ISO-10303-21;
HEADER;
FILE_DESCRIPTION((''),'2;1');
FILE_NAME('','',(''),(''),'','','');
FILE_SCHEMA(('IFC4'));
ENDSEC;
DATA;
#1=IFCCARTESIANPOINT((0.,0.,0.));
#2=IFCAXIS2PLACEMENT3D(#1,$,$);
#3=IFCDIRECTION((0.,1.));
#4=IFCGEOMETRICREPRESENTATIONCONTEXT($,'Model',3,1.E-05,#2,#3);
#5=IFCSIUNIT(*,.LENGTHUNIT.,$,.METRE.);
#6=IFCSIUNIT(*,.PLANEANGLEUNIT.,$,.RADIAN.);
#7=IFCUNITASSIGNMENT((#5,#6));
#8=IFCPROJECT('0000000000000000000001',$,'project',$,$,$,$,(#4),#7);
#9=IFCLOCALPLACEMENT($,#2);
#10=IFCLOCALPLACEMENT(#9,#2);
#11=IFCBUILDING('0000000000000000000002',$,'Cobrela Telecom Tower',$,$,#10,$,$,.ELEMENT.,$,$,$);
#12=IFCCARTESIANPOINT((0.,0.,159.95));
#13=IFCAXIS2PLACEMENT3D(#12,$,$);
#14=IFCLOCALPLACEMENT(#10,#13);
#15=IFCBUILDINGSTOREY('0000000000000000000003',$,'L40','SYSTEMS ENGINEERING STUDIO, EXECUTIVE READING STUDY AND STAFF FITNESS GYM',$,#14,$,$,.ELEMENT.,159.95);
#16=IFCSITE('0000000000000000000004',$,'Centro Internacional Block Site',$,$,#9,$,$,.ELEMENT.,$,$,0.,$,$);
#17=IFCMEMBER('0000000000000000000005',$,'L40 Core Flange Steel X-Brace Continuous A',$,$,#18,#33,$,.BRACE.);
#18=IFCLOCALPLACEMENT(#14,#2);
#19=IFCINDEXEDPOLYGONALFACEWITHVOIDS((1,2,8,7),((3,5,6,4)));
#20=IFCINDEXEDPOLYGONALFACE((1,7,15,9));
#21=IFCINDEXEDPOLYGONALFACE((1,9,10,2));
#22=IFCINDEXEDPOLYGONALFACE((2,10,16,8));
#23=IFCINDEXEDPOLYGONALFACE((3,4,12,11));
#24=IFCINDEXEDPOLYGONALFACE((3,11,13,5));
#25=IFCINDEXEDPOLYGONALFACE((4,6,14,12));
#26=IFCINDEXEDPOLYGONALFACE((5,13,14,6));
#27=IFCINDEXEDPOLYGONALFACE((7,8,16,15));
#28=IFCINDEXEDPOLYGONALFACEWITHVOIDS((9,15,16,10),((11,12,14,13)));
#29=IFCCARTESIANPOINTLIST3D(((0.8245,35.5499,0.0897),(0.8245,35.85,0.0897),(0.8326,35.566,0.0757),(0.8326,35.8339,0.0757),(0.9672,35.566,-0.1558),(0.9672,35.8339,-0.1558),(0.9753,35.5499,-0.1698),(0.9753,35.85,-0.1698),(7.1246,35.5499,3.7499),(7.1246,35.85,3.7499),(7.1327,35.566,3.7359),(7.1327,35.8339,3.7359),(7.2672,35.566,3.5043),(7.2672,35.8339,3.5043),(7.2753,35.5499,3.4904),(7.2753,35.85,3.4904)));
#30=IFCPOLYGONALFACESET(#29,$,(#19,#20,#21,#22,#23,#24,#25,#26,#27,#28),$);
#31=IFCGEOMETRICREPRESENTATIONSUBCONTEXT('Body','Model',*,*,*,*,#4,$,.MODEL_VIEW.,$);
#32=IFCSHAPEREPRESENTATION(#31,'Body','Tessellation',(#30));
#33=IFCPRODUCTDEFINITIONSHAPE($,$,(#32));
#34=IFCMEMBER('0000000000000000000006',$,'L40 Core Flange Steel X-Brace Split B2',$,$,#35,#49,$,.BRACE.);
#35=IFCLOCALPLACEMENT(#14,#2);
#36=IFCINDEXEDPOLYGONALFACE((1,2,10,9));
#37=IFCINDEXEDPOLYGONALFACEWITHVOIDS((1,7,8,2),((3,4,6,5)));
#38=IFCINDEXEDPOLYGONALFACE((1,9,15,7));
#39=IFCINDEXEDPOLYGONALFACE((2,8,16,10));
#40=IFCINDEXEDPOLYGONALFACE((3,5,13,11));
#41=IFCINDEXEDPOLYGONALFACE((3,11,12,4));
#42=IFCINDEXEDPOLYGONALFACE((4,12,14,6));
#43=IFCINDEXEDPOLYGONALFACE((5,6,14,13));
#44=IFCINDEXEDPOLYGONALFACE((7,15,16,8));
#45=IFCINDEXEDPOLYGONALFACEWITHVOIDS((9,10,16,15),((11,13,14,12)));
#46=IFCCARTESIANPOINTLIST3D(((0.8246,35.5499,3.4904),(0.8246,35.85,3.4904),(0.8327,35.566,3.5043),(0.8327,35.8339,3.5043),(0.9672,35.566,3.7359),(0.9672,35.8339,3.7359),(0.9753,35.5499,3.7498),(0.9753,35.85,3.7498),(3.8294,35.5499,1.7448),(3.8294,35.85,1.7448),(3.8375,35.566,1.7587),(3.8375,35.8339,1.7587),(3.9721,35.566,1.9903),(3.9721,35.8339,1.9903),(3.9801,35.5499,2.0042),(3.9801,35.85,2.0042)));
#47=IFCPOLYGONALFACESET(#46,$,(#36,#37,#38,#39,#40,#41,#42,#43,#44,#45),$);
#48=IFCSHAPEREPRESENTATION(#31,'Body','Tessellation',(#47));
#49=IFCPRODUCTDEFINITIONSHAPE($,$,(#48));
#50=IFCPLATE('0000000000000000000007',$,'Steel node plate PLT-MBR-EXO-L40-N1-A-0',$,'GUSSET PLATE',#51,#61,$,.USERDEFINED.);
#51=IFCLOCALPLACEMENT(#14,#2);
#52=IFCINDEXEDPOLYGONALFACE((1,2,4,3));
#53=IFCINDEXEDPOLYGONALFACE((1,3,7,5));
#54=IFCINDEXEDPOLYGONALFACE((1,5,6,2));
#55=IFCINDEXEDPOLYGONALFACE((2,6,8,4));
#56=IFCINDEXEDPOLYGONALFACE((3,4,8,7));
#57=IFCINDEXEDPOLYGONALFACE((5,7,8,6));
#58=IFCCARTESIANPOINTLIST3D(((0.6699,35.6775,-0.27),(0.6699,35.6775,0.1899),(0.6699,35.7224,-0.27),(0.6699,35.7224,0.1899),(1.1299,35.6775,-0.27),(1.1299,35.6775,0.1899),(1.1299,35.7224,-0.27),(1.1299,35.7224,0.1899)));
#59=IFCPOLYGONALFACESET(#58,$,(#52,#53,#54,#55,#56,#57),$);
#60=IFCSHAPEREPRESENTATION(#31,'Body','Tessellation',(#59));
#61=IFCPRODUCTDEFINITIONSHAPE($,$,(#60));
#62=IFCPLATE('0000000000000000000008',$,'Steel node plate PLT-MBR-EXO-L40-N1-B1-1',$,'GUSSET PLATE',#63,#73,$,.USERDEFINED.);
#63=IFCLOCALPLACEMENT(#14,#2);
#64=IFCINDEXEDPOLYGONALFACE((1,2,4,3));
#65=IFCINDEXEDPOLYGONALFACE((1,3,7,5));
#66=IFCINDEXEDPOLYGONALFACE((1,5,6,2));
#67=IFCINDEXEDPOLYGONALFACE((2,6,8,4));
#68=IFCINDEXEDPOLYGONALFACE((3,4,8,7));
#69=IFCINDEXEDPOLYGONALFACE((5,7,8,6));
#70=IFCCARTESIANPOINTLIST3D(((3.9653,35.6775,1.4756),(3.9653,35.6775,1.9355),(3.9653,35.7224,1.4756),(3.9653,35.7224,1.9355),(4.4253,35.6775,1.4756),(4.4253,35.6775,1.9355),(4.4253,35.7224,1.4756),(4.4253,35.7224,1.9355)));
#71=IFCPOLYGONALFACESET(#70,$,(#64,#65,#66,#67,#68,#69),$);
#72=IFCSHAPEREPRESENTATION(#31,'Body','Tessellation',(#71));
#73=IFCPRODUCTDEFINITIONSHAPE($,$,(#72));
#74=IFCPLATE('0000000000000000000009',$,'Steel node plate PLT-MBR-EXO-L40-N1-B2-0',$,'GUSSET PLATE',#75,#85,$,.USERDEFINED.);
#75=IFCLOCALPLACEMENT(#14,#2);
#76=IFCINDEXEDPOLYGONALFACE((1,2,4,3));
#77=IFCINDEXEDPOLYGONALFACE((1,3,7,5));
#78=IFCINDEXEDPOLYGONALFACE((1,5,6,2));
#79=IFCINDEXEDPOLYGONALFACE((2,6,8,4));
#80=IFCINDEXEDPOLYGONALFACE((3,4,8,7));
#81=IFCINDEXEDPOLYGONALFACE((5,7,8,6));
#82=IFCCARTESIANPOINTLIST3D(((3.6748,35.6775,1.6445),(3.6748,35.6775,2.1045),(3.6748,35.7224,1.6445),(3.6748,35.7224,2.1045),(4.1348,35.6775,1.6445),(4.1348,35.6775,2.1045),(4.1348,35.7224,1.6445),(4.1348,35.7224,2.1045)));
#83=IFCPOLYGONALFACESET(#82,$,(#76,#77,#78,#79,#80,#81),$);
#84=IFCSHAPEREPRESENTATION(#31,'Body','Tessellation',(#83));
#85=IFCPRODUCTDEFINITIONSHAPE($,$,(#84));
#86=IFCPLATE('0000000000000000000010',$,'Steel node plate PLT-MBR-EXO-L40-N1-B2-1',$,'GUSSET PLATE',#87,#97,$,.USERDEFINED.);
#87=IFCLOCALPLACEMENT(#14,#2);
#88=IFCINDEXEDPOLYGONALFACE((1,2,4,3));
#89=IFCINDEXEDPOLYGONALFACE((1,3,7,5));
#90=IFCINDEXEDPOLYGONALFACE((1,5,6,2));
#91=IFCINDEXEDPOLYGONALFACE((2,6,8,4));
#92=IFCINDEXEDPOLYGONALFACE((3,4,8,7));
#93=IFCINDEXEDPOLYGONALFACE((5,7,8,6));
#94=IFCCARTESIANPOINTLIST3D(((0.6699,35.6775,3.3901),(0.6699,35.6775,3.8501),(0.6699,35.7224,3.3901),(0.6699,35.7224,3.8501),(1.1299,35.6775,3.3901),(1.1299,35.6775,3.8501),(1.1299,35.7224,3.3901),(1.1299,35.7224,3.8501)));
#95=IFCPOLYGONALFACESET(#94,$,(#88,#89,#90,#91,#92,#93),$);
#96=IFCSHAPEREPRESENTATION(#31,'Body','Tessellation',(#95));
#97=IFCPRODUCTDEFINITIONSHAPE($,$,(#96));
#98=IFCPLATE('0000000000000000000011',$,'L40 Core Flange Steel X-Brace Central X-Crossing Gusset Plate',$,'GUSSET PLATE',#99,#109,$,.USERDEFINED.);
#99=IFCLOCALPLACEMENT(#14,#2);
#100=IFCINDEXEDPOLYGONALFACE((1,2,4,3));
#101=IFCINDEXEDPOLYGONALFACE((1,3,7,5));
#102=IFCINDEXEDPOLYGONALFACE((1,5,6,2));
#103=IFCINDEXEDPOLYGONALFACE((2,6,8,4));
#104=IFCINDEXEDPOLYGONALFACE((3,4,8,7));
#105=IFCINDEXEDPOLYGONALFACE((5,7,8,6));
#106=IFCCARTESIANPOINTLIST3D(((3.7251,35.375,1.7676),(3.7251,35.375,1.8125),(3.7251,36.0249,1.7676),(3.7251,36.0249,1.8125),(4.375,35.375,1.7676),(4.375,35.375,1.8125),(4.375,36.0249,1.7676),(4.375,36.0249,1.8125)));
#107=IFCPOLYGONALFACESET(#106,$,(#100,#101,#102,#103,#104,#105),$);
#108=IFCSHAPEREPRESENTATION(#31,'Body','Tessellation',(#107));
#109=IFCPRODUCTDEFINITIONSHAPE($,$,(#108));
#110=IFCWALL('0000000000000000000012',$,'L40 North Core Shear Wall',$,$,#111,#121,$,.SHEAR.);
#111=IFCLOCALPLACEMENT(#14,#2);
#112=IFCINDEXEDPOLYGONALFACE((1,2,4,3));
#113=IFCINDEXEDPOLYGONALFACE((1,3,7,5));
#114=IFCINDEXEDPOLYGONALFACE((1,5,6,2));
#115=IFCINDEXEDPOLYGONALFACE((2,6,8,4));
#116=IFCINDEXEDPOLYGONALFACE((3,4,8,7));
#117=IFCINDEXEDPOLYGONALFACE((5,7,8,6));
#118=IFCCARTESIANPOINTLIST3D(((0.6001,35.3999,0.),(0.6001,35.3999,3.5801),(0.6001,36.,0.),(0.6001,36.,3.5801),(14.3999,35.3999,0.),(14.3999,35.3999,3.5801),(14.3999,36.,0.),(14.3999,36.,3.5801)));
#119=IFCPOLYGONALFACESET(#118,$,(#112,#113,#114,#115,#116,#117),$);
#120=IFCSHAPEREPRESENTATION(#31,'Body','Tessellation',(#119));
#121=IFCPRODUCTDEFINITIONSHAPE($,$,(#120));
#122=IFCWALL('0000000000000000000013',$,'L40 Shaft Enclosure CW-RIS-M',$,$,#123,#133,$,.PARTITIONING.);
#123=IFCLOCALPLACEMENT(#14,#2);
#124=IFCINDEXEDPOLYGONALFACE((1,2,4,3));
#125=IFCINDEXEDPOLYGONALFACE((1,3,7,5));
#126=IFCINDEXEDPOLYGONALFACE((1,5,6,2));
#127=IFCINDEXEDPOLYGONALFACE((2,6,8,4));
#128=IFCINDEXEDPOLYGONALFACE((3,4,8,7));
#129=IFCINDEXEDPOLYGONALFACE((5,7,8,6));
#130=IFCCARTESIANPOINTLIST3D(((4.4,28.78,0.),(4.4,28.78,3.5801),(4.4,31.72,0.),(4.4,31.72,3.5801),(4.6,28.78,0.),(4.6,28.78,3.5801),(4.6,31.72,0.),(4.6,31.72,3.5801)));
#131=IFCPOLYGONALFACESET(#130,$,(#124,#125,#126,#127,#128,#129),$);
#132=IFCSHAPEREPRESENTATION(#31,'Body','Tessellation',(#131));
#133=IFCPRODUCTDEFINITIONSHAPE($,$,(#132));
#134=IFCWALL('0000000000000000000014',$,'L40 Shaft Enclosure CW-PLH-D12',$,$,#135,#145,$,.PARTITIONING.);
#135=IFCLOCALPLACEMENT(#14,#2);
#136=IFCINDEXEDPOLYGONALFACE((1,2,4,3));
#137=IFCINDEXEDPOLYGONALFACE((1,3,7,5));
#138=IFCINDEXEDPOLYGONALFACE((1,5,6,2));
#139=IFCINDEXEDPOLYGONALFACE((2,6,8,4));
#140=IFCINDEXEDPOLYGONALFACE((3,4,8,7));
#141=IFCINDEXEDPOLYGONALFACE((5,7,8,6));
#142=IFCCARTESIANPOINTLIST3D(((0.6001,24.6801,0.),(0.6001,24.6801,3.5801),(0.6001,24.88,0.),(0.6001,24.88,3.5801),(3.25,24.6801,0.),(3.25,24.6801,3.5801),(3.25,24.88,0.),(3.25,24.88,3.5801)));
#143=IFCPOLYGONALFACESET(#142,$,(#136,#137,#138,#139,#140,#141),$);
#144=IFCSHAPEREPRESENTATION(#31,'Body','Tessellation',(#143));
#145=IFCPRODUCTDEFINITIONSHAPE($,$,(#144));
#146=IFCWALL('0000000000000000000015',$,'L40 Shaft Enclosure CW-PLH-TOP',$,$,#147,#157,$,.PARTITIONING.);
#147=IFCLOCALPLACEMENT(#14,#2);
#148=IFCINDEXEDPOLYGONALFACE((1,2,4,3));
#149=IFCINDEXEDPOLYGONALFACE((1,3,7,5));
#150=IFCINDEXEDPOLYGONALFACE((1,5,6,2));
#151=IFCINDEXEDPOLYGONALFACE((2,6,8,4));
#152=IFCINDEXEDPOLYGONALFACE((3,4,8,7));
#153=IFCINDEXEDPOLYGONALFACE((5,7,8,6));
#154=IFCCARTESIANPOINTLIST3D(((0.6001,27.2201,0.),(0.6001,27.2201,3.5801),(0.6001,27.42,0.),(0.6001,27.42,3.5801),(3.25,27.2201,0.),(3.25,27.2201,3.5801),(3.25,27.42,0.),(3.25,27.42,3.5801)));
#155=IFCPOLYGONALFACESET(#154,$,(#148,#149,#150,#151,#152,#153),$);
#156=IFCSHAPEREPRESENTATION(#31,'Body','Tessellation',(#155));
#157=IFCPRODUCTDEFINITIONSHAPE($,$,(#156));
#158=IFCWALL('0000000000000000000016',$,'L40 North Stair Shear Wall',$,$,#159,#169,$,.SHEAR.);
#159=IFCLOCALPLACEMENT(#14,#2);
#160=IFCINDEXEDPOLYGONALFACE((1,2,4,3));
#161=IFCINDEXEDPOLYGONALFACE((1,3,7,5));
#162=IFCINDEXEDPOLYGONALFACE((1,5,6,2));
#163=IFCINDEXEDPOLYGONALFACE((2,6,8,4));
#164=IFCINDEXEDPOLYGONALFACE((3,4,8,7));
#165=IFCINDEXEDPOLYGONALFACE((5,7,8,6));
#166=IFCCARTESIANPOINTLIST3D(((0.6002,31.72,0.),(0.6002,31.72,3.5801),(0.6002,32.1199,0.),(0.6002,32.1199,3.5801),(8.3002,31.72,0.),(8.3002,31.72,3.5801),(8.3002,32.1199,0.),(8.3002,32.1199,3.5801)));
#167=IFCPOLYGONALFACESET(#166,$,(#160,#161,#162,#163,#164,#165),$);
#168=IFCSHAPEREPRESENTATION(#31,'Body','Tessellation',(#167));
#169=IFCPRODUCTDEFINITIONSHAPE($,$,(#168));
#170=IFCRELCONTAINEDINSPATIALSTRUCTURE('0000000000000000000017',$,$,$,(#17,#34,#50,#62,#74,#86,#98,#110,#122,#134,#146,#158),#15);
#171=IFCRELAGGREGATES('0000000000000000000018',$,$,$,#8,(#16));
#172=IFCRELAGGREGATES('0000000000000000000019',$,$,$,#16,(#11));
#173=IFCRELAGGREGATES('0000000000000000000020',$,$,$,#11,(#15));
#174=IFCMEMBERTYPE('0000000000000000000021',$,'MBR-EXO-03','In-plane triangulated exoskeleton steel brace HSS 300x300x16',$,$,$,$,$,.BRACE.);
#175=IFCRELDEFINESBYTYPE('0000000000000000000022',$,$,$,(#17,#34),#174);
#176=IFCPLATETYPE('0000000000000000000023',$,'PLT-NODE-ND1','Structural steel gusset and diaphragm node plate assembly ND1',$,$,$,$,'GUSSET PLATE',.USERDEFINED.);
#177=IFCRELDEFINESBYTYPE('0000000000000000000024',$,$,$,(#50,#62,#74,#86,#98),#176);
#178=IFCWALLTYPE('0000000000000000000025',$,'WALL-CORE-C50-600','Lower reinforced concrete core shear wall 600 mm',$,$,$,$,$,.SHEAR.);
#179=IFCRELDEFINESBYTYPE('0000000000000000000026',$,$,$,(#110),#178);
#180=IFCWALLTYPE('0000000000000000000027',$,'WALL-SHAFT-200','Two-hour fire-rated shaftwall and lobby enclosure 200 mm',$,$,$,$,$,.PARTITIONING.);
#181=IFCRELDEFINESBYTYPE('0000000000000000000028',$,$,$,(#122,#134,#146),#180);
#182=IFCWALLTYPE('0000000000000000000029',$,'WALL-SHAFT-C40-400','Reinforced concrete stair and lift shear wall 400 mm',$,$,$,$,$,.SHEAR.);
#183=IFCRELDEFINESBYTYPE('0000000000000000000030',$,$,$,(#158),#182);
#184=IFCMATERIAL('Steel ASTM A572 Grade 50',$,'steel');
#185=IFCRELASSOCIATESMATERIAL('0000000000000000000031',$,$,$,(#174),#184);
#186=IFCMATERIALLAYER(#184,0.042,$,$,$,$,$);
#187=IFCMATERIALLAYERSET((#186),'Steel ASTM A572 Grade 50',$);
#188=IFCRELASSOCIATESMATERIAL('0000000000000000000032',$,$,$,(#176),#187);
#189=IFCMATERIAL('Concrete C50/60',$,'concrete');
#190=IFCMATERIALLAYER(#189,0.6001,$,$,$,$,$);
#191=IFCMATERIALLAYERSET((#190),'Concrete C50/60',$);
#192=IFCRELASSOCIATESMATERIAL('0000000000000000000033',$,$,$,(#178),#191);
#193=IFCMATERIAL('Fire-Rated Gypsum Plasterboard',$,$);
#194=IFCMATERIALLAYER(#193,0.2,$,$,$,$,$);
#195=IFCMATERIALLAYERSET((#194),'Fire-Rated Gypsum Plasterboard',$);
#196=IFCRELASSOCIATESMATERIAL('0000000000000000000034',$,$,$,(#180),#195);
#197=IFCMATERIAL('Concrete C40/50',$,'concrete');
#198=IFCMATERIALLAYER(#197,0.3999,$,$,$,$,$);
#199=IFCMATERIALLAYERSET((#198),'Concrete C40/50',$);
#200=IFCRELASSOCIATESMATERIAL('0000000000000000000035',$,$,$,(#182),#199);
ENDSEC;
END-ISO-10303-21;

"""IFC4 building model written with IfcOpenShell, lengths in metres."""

from ifc_helpers import new_model, si_unit, direction, frame, frame_2d, origin, origin_2d, place, context, subcontext, project, spatial, rectangle, hollow_rectangle, extrude, material, layer, layer_set, material_profile, profile_set, type_object, element, save


model = new_model("IFC4")

# Units and contexts
model_context = context("Model", 3, precision=1e-05, world=origin(), true_north=direction((0.0, 1.0)))
body_context = subcontext(model_context, "Body", "Model", "MODEL_VIEW")
ifc_project = project(units=[si_unit("LENGTHUNIT", "METRE"), si_unit("PLANEANGLEUNIT", "RADIAN")], contexts=[model_context])

# Site, building, storey
site_placement = place(None, origin())
site = spatial("IfcSite", under=ifc_project, at=site_placement, Name="Centro Internacional Block Site", CompositionType="ELEMENT", RefElevation=0.0)
building_placement = place(site_placement, origin())
building = spatial("IfcBuilding", under=site, at=building_placement, Name="Cobrela Telecom Tower", CompositionType="ELEMENT")
storey_placement = place(building_placement, frame((0.0, 0.0, 159.95)))
storey = spatial("IfcBuildingStorey", under=building, at=storey_placement, Name="L40", Description="SYSTEMS ENGINEERING STUDIO, EXECUTIVE READING STUDY AND STAFF FITNESS GYM", CompositionType="ELEMENT", Elevation=159.95)

# Members
ifc_material_1 = material(Name="Steel ASTM A572 Grade 50", Category="steel")
ifc_material_profile = material_profile(ifc_material_1, hollow_rectangle(XDim=0.3, YDim=0.3, WallThickness=0.0161, at=origin_2d()), Name="HSS 300x300x16")
ifc_profile_set = profile_set([ifc_material_profile], Name="Steel ASTM A572 Grade 50")
member_type = type_object("IfcMemberType", Name="MBR-EXO-03", Description="In-plane triangulated exoskeleton steel brace HSS 300x300x16", PredefinedType="BRACE", material=ifc_profile_set)
member_1_placement = place(storey_placement, frame((0.8999, 35.7, -0.04), z_axis=(0.864666, 0.0, 0.502347), x_axis=(0.0, 1.0, 0.0)))
element("IfcMember", 1, at=member_1_placement, inside=storey, type_object=member_type, Name="L40 Core Flange Steel X-Brace Continuous A", PredefinedType="BRACE", context=body_context, shape_type="SweptSolid", body=[
    extrude(hollow_rectangle(XDim=0.3, YDim=0.3, WallThickness=0.0161, at=origin_2d()), origin(), (0.0, 0.0, 1.0), 7.2861),
])
member_2_placement = place(storey_placement, frame((3.9048, 35.7, 1.8745), z_axis=(-0.864685, 0.0, 0.502315), x_axis=(0.0, -1.0, 0.0)))
element("IfcMember", 2, at=member_2_placement, inside=storey, type_object=member_type, Name="L40 Core Flange Steel X-Brace Split B2", PredefinedType="BRACE", context=body_context, shape_type="SweptSolid", body=[
    extrude(hollow_rectangle(XDim=0.3, YDim=0.3, WallThickness=0.0161, at=origin_2d()), origin(), (0.0, 0.0, 1.0), 3.4751),
])

# Plates
ifc_layer_1 = layer(ifc_material_1, 0.042)
ifc_layer_set_1 = layer_set([ifc_layer_1], Name="Steel ASTM A572 Grade 50")
plate_type = type_object("IfcPlateType", Name="PLT-NODE-ND1", Description="Structural steel gusset and diaphragm node plate assembly ND1", ElementType="GUSSET PLATE", PredefinedType="USERDEFINED", material=ifc_layer_set_1)
for number, where, z_axis, x_axis, name in (
    (3, (0.8999, 35.7, -0.27), (0.0, 0.0, 1.0), (1.0, 0.0, 0.0), "Steel node plate PLT-MBR-EXO-L40-N1-A-0"),
    (4, (4.1953, 35.7, 1.4756), (0.0, 0.0, 1.0), (-1.0, 0.0, 0.0), "Steel node plate PLT-MBR-EXO-L40-N1-B1-1"),
    (5, (3.9048, 35.7, 1.6445), (0.0, 0.0, 1.0), (-1.0, 0.0, 0.0), "Steel node plate PLT-MBR-EXO-L40-N1-B2-0"),
    (6, (0.8999, 35.7, 3.3901), (0.0, 0.0, 1.0), (-1.0, 0.0, 0.0), "Steel node plate PLT-MBR-EXO-L40-N1-B2-1"),
):
    element("IfcPlate", number, at=place(storey_placement, frame(where, z_axis=z_axis, x_axis=x_axis)), inside=storey, type_object=plate_type, Name=name, ObjectType="GUSSET PLATE", PredefinedType="USERDEFINED", context=body_context, shape_type="SweptSolid", body=[
        extrude(rectangle(XDim=0.46, YDim=0.0449, at=origin_2d()), origin(), (0.0, 0.0, 1.0), 0.46),
    ])
plate_placement = place(storey_placement, frame((4.05, 35.7, 1.7676), z_axis=(0.0, 0.0, 1.0), x_axis=(1.0, 0.0, 0.0)))
element("IfcPlate", 7, at=plate_placement, inside=storey, type_object=plate_type, Name="L40 Core Flange Steel X-Brace Central X-Crossing Gusset Plate", ObjectType="GUSSET PLATE", PredefinedType="USERDEFINED", context=body_context, shape_type="SweptSolid", body=[
    extrude(rectangle(XDim=0.6499, YDim=0.6499, at=origin_2d()), origin(), (0.0, 0.0, 1.0), 0.0449),
])

# Wall
ifc_material_2 = material(Name="Concrete C50/60", Category="concrete")
ifc_layer_2 = layer(ifc_material_2, 0.6001)
ifc_layer_set_2 = layer_set([ifc_layer_2], Name="Concrete C50/60")
wall_type_1 = type_object("IfcWallType", Name="WALL-CORE-C50-600", Description="Lower reinforced concrete core shear wall 600 mm", PredefinedType="SHEAR", material=ifc_layer_set_2)
wall_1_placement = place(storey_placement, frame((0.6001, 35.7, 0.0), z_axis=(0.0, 0.0, 1.0), x_axis=(1.0, 0.0, 0.0)))
element("IfcWall", 8, at=wall_1_placement, inside=storey, type_object=wall_type_1, Name="L40 North Core Shear Wall", PredefinedType="SHEAR", context=body_context, shape_type="SweptSolid", body=[
    extrude(rectangle(XDim=13.7998, YDim=0.6001, at=frame_2d((6.8999, 0.0))), origin(), (0.0, 0.0, 1.0), 3.5801),
])

# Shared definitions
ifc_material_3 = material(Name="Fire-Rated Gypsum Plasterboard")
ifc_layer_3 = layer(ifc_material_3, 0.2)
ifc_layer_set_3 = layer_set([ifc_layer_3], Name="Fire-Rated Gypsum Plasterboard")
wall_type_2 = type_object("IfcWallType", Name="WALL-SHAFT-200", Description="Two-hour fire-rated shaftwall and lobby enclosure 200 mm", PredefinedType="PARTITIONING", material=ifc_layer_set_3)

# Walls
wall_2_placement = place(storey_placement, frame((4.5, 28.78, 0.0), z_axis=(0.0, 0.0, 1.0), x_axis=(0.0, 1.0, 0.0)))
element("IfcWall", 9, at=wall_2_placement, inside=storey, type_object=wall_type_2, Name="L40 Shaft Enclosure CW-RIS-M", PredefinedType="PARTITIONING", context=body_context, shape_type="SweptSolid", body=[
    extrude(rectangle(XDim=2.9399, YDim=0.2, at=frame_2d((1.47, 0.0))), origin(), (0.0, 0.0, 1.0), 3.5801),
])
for number, where, z_axis, x_axis, name in (
    (10, (0.6001, 24.78, 0.0), (0.0, 0.0, 1.0), (1.0, 0.0, 0.0), "L40 Shaft Enclosure CW-PLH-D12"),
    (11, (0.6001, 27.3201, 0.0), (0.0, 0.0, 1.0), (1.0, 0.0, 0.0), "L40 Shaft Enclosure CW-PLH-TOP"),
):
    element("IfcWall", number, at=place(storey_placement, frame(where, z_axis=z_axis, x_axis=x_axis)), inside=storey, type_object=wall_type_2, Name=name, PredefinedType="PARTITIONING", context=body_context, shape_type="SweptSolid", body=[
        extrude(rectangle(XDim=2.6499, YDim=0.2, at=frame_2d((1.325, 0.0))), origin(), (0.0, 0.0, 1.0), 3.5801),
    ])
ifc_material_4 = material(Name="Concrete C40/50", Category="concrete")
ifc_layer_4 = layer(ifc_material_4, 0.3999)
ifc_layer_set_4 = layer_set([ifc_layer_4], Name="Concrete C40/50")
wall_type_3 = type_object("IfcWallType", Name="WALL-SHAFT-C40-400", Description="Reinforced concrete stair and lift shear wall 400 mm", PredefinedType="SHEAR", material=ifc_layer_set_4)
wall_3_placement = place(storey_placement, frame((0.6001, 31.9199, 0.0), z_axis=(0.0, 0.0, 1.0), x_axis=(1.0, 0.0, 0.0)))
element("IfcWall", 12, at=wall_3_placement, inside=storey, type_object=wall_type_3, Name="L40 North Stair Shear Wall", PredefinedType="SHEAR", context=body_context, shape_type="SweptSolid", body=[
    extrude(rectangle(XDim=7.7, YDim=0.3999, at=frame_2d((3.8501, 0.0))), origin(), (0.0, 0.0, 1.0), 3.5801),
])

save(model, "model.ifc")
